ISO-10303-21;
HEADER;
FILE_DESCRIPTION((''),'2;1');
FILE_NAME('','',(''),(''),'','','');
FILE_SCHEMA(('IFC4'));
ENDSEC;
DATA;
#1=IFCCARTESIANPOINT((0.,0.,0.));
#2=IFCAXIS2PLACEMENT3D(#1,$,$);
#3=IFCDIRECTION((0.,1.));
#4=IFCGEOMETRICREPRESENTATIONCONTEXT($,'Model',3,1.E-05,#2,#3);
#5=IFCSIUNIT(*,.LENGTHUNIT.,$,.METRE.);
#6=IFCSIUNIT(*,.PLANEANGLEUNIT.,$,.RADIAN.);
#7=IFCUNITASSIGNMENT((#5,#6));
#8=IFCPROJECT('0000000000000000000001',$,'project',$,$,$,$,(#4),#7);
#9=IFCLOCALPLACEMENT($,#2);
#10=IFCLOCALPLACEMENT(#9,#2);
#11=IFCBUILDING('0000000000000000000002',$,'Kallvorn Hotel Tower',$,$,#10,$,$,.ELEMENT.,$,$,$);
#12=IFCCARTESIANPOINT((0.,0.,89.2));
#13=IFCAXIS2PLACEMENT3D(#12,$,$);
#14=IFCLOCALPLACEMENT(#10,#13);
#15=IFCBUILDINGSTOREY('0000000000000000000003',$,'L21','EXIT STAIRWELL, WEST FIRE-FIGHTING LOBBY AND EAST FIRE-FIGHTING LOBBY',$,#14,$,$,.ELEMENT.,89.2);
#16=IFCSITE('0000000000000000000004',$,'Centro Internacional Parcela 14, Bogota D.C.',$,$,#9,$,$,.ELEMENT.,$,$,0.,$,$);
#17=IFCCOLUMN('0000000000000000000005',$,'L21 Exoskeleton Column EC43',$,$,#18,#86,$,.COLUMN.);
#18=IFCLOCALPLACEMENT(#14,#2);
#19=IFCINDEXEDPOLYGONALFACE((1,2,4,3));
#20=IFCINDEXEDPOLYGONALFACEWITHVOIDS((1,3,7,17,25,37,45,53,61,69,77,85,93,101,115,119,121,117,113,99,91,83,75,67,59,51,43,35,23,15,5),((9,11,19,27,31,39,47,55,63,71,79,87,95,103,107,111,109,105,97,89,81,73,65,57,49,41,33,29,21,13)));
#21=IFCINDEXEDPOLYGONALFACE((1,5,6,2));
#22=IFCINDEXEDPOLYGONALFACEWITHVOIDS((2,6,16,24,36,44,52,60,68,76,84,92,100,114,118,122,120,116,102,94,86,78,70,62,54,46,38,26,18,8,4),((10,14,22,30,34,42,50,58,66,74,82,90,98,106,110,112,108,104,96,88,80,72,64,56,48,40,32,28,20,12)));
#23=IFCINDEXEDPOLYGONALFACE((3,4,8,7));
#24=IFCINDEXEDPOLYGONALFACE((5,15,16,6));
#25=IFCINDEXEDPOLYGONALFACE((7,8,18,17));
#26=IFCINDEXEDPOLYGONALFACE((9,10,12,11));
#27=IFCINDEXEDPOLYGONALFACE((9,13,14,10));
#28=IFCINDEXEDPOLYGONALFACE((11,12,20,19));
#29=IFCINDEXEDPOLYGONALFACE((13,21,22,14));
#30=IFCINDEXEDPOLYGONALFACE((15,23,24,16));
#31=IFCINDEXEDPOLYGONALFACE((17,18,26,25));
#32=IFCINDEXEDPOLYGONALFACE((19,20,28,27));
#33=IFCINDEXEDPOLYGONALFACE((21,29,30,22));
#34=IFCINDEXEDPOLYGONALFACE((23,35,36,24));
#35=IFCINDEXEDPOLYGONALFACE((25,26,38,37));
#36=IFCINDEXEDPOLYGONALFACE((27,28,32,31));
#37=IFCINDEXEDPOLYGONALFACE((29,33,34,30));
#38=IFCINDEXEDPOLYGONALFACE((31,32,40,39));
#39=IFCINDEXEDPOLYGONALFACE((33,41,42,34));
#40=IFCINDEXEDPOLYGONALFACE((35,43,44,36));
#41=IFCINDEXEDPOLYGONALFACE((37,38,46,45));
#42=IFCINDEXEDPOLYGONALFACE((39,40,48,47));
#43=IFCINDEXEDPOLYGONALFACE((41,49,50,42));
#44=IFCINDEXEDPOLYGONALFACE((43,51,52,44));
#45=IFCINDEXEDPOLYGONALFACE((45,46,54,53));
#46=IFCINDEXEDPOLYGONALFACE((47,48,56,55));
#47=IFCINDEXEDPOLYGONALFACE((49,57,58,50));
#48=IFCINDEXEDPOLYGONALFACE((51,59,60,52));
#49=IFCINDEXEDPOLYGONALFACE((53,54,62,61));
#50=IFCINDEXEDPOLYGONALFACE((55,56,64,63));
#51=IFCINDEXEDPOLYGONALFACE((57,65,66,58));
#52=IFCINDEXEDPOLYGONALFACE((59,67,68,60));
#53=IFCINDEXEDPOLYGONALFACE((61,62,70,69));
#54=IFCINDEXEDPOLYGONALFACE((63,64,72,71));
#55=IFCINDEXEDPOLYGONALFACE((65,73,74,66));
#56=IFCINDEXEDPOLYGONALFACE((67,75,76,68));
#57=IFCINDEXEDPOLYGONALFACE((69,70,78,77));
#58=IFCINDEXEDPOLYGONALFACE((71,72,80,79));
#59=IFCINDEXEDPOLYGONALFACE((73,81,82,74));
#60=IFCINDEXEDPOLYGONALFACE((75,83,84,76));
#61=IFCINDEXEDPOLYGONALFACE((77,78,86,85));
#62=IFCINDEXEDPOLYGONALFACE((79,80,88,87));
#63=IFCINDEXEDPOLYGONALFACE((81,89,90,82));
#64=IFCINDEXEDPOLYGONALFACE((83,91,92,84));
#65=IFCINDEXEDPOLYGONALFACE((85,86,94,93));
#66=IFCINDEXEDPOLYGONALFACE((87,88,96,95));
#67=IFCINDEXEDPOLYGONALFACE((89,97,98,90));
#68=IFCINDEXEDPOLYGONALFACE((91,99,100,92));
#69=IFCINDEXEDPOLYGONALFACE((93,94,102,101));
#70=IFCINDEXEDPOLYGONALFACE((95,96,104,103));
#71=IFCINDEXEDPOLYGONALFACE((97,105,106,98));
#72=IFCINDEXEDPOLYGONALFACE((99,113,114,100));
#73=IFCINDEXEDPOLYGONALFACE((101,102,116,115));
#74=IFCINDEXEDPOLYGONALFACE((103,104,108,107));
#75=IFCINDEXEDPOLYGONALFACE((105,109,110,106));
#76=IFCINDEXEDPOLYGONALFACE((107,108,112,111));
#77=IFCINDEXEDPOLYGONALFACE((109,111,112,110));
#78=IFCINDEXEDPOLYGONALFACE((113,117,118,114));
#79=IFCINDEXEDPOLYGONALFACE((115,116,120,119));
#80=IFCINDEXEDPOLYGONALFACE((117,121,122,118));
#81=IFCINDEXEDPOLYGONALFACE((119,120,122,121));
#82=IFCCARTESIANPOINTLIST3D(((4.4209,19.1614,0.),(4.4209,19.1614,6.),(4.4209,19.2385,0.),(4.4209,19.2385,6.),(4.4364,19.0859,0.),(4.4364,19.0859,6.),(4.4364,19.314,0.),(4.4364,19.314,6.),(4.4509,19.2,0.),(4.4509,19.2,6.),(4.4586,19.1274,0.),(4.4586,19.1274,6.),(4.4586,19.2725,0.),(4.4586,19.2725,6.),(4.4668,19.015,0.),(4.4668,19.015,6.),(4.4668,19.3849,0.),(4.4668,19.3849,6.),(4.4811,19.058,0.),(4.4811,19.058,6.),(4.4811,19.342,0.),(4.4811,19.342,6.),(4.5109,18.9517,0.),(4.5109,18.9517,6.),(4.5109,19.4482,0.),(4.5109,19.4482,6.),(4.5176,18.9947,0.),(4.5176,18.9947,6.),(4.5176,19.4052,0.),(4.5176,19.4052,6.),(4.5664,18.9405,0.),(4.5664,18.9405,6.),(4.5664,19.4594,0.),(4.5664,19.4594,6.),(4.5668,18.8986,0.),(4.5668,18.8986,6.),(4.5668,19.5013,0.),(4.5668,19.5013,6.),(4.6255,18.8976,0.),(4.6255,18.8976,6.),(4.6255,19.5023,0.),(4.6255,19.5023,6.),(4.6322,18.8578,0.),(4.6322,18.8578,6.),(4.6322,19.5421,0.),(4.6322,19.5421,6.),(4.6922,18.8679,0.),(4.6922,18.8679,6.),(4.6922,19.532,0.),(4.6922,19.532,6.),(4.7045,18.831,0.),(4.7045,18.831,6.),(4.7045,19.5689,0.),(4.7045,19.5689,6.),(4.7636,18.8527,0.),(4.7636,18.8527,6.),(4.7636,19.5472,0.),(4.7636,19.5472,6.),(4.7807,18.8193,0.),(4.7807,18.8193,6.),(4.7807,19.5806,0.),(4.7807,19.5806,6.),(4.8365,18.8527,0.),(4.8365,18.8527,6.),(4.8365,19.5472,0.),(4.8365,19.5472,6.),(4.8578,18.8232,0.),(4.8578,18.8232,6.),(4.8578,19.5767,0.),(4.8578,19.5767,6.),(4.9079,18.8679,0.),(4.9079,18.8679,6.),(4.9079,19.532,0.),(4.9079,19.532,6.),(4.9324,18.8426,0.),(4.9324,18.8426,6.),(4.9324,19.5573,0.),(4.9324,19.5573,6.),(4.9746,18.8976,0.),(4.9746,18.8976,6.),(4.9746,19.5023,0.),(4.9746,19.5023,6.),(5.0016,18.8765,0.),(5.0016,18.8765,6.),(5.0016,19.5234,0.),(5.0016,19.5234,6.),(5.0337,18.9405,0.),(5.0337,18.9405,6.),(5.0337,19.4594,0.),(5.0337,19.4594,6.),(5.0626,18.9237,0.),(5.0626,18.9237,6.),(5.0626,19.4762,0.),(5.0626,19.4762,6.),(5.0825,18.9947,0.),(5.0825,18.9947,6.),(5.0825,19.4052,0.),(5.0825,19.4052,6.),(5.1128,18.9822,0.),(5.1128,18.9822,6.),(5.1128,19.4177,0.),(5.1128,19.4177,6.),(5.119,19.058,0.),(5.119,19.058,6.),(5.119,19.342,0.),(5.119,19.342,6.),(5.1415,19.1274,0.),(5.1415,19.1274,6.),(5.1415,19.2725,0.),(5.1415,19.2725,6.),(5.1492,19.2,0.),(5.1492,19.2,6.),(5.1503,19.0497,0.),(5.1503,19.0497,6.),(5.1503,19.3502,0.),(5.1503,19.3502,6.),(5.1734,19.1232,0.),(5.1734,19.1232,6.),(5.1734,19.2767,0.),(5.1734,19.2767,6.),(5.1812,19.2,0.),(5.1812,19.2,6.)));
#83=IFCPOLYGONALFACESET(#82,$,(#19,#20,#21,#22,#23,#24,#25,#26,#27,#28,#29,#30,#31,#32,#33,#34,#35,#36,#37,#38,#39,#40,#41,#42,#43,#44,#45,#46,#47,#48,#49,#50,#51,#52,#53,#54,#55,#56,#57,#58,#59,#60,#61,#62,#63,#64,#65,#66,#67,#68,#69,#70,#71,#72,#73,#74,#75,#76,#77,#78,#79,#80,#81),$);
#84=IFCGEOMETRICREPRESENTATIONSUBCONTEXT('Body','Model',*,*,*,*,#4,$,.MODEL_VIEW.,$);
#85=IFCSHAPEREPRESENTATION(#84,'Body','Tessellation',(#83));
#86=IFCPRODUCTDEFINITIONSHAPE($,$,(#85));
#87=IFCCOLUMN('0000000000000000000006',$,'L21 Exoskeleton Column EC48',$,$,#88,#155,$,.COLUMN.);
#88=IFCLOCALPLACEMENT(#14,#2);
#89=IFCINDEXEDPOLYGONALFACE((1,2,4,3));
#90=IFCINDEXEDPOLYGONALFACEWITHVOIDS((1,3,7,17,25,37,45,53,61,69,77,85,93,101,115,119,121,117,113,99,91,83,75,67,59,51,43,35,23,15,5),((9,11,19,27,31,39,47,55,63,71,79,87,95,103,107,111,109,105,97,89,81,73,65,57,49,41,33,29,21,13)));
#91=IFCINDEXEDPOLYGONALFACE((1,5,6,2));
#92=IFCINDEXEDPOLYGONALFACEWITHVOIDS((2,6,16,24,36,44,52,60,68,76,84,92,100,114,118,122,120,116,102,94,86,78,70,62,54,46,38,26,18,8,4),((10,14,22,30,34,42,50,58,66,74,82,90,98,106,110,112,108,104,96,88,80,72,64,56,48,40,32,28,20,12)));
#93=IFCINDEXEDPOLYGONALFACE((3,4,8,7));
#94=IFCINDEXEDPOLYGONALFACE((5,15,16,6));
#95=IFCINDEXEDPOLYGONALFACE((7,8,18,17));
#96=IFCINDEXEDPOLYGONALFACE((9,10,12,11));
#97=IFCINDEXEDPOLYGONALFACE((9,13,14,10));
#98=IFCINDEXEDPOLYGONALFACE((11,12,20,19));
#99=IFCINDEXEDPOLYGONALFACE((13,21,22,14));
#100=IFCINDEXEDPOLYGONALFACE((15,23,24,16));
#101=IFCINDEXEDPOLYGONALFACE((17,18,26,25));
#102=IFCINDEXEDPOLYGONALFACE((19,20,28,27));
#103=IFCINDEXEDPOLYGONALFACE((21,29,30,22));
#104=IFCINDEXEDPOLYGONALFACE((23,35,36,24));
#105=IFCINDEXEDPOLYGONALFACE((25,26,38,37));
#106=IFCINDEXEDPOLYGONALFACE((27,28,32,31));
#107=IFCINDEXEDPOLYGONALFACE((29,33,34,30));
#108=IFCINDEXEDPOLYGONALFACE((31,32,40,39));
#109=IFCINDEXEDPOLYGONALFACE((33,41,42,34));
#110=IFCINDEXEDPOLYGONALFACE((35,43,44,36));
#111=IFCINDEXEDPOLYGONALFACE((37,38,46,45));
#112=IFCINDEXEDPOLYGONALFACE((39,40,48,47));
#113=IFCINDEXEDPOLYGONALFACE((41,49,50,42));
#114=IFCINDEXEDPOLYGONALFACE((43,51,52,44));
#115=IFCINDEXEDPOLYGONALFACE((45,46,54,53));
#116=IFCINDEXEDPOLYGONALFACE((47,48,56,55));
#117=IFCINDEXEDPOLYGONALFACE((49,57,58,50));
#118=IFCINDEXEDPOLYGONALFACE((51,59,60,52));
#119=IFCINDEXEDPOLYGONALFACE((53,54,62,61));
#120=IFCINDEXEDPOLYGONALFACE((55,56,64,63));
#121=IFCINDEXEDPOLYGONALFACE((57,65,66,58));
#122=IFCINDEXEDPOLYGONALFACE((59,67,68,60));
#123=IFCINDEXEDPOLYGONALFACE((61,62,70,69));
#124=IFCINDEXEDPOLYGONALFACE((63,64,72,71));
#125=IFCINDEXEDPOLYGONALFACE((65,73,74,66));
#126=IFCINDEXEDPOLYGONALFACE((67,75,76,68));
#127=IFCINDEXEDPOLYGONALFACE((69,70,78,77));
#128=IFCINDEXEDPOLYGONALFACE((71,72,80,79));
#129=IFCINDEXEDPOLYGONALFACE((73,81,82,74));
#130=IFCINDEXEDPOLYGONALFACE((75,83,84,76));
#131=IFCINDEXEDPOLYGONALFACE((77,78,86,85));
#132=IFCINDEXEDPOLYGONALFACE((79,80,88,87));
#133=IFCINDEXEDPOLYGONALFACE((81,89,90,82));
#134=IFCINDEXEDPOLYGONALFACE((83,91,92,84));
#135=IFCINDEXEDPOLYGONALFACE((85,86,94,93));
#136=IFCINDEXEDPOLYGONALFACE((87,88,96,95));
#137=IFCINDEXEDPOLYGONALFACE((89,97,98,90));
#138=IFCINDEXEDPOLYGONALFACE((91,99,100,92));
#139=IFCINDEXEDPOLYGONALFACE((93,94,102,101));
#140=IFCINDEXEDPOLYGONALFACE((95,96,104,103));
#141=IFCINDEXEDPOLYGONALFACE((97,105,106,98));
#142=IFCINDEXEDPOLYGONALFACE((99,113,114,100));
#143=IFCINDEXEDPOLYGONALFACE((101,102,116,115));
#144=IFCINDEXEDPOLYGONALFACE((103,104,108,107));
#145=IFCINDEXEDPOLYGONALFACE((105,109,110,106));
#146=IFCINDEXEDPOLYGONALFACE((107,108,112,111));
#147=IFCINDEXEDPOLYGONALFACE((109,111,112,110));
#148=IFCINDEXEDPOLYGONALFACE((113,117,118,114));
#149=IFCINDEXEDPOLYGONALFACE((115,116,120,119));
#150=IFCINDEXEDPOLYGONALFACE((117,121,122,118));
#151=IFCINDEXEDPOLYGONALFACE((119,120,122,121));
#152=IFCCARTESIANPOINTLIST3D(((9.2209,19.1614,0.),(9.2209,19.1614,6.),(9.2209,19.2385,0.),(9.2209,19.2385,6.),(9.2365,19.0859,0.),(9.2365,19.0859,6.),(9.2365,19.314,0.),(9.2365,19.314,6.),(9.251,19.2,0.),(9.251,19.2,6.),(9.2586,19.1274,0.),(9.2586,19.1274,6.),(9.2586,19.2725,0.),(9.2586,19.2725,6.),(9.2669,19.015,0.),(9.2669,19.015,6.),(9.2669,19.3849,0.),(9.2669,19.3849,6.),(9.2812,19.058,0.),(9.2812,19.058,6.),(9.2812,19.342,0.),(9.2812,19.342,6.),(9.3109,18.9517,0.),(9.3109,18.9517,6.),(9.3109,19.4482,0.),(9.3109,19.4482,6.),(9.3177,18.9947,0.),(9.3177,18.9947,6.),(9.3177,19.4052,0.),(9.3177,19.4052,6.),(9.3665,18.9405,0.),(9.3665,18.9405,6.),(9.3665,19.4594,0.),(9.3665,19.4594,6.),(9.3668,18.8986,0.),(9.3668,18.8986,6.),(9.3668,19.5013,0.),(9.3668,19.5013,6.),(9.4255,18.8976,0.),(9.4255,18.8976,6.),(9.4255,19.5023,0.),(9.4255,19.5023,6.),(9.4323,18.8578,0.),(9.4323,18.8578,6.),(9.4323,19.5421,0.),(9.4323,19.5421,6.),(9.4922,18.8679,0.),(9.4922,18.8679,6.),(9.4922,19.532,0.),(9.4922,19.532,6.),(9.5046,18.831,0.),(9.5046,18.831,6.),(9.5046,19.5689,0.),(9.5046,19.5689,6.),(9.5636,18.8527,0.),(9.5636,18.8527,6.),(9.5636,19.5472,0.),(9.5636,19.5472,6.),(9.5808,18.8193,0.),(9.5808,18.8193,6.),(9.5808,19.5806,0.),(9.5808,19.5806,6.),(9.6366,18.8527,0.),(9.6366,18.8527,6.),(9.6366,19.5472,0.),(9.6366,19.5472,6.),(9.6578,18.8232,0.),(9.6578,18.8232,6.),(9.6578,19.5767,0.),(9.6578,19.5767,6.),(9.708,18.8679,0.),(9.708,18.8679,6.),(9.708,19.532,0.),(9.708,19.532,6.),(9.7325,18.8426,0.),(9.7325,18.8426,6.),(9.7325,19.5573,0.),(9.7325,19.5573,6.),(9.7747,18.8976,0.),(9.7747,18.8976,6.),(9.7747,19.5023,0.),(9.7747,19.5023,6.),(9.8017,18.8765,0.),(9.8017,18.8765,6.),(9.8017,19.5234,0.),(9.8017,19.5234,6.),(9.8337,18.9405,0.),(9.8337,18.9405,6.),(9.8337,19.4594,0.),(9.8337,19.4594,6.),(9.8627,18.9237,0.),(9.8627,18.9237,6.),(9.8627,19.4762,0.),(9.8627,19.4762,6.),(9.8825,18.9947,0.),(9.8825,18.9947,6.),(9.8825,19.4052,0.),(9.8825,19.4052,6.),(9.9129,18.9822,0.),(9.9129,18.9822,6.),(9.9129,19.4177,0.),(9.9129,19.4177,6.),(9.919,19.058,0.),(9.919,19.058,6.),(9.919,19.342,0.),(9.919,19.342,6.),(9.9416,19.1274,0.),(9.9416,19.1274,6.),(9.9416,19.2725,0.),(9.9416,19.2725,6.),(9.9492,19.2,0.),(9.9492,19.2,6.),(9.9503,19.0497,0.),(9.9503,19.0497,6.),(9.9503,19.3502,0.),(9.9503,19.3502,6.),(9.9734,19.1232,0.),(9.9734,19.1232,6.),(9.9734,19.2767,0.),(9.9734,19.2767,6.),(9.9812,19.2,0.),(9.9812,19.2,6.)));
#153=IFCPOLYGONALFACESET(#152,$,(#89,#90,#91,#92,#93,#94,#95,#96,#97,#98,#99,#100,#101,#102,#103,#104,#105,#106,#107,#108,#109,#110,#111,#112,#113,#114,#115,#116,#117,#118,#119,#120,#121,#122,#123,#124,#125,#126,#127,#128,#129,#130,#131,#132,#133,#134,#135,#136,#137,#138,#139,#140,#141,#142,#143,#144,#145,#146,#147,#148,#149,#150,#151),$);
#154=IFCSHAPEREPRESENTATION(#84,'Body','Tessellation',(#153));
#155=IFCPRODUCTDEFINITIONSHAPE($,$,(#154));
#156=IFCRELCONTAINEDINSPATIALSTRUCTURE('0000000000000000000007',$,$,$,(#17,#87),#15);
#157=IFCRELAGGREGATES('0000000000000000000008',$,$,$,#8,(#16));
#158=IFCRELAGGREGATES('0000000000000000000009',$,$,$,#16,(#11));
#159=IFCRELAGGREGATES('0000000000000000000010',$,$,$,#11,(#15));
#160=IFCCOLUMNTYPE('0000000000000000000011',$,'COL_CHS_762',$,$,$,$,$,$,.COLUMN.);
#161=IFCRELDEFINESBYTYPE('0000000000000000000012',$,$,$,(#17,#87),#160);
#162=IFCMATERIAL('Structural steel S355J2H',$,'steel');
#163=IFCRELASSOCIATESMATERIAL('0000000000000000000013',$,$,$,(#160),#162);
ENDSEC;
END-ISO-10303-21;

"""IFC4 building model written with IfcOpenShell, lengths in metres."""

from ifc_helpers import new_model, si_unit, direction, frame, origin, origin_2d, place, context, subcontext, project, spatial, hollow_circle, extrude, material, material_profile, profile_set, type_object, element, save


model = new_model("IFC4")

# Units and contexts
model_context = context("Model", 3, precision=1e-05, world=origin(), true_north=direction((0.0, 1.0)))
body_context = subcontext(model_context, "Body", "Model", "MODEL_VIEW")
ifc_project = project(units=[si_unit("LENGTHUNIT", "METRE"), si_unit("PLANEANGLEUNIT", "RADIAN")], contexts=[model_context])

# Site, building, storey
site_placement = place(None, origin())
site = spatial("IfcSite", under=ifc_project, at=site_placement, Name="Centro Internacional Parcela 14, Bogota D.C.", CompositionType="ELEMENT", RefElevation=0.0)
building_placement = place(site_placement, origin())
building = spatial("IfcBuilding", under=site, at=building_placement, Name="Kallvorn Hotel Tower", CompositionType="ELEMENT")
storey_placement = place(building_placement, frame((0.0, 0.0, 89.2)))
storey = spatial("IfcBuildingStorey", under=building, at=storey_placement, Name="L21", Description="EXIT STAIRWELL, WEST FIRE-FIGHTING LOBBY AND EAST FIRE-FIGHTING LOBBY", CompositionType="ELEMENT", Elevation=89.2)

# Columns
ifc_material_1 = material(Name="Structural steel S355J2H", Category="steel")
ifc_material_profile_1 = material_profile(ifc_material_1, hollow_circle(Radius=0.3811, WallThickness=0.032, at=origin_2d()), Name="CHS 762x32")
ifc_profile_set_1 = profile_set([ifc_material_profile_1], Name="Structural steel S355J2H")
column_type_1 = type_object("IfcColumnType", Name="COL_CHS_762", PredefinedType="COLUMN", material=ifc_profile_set_1)
for number, where, z_axis, x_axis, name in (
    (1, (4.8, 19.2, 0.0), (0.0, 0.0, 1.0), (1.0, 0.0, 0.0), "L21 Exoskeleton Column EC43"),
    (2, (9.6001, 19.2, 0.0), (0.0, 0.0, 1.0), (1.0, 0.0, 0.0), "L21 Exoskeleton Column EC48"),
):
    element("IfcColumn", number, at=place(storey_placement, frame(where, z_axis=z_axis, x_axis=x_axis)), inside=storey, type_object=column_type_1, Name=name, PredefinedType="COLUMN", context=body_context, shape_type="SweptSolid", body=[
        extrude(hollow_circle(Radius=0.3811, WallThickness=0.032, at=origin_2d()), origin(), (0.0, 0.0, 1.0), 6.0),
    ])

save(model, "model.ifc")
